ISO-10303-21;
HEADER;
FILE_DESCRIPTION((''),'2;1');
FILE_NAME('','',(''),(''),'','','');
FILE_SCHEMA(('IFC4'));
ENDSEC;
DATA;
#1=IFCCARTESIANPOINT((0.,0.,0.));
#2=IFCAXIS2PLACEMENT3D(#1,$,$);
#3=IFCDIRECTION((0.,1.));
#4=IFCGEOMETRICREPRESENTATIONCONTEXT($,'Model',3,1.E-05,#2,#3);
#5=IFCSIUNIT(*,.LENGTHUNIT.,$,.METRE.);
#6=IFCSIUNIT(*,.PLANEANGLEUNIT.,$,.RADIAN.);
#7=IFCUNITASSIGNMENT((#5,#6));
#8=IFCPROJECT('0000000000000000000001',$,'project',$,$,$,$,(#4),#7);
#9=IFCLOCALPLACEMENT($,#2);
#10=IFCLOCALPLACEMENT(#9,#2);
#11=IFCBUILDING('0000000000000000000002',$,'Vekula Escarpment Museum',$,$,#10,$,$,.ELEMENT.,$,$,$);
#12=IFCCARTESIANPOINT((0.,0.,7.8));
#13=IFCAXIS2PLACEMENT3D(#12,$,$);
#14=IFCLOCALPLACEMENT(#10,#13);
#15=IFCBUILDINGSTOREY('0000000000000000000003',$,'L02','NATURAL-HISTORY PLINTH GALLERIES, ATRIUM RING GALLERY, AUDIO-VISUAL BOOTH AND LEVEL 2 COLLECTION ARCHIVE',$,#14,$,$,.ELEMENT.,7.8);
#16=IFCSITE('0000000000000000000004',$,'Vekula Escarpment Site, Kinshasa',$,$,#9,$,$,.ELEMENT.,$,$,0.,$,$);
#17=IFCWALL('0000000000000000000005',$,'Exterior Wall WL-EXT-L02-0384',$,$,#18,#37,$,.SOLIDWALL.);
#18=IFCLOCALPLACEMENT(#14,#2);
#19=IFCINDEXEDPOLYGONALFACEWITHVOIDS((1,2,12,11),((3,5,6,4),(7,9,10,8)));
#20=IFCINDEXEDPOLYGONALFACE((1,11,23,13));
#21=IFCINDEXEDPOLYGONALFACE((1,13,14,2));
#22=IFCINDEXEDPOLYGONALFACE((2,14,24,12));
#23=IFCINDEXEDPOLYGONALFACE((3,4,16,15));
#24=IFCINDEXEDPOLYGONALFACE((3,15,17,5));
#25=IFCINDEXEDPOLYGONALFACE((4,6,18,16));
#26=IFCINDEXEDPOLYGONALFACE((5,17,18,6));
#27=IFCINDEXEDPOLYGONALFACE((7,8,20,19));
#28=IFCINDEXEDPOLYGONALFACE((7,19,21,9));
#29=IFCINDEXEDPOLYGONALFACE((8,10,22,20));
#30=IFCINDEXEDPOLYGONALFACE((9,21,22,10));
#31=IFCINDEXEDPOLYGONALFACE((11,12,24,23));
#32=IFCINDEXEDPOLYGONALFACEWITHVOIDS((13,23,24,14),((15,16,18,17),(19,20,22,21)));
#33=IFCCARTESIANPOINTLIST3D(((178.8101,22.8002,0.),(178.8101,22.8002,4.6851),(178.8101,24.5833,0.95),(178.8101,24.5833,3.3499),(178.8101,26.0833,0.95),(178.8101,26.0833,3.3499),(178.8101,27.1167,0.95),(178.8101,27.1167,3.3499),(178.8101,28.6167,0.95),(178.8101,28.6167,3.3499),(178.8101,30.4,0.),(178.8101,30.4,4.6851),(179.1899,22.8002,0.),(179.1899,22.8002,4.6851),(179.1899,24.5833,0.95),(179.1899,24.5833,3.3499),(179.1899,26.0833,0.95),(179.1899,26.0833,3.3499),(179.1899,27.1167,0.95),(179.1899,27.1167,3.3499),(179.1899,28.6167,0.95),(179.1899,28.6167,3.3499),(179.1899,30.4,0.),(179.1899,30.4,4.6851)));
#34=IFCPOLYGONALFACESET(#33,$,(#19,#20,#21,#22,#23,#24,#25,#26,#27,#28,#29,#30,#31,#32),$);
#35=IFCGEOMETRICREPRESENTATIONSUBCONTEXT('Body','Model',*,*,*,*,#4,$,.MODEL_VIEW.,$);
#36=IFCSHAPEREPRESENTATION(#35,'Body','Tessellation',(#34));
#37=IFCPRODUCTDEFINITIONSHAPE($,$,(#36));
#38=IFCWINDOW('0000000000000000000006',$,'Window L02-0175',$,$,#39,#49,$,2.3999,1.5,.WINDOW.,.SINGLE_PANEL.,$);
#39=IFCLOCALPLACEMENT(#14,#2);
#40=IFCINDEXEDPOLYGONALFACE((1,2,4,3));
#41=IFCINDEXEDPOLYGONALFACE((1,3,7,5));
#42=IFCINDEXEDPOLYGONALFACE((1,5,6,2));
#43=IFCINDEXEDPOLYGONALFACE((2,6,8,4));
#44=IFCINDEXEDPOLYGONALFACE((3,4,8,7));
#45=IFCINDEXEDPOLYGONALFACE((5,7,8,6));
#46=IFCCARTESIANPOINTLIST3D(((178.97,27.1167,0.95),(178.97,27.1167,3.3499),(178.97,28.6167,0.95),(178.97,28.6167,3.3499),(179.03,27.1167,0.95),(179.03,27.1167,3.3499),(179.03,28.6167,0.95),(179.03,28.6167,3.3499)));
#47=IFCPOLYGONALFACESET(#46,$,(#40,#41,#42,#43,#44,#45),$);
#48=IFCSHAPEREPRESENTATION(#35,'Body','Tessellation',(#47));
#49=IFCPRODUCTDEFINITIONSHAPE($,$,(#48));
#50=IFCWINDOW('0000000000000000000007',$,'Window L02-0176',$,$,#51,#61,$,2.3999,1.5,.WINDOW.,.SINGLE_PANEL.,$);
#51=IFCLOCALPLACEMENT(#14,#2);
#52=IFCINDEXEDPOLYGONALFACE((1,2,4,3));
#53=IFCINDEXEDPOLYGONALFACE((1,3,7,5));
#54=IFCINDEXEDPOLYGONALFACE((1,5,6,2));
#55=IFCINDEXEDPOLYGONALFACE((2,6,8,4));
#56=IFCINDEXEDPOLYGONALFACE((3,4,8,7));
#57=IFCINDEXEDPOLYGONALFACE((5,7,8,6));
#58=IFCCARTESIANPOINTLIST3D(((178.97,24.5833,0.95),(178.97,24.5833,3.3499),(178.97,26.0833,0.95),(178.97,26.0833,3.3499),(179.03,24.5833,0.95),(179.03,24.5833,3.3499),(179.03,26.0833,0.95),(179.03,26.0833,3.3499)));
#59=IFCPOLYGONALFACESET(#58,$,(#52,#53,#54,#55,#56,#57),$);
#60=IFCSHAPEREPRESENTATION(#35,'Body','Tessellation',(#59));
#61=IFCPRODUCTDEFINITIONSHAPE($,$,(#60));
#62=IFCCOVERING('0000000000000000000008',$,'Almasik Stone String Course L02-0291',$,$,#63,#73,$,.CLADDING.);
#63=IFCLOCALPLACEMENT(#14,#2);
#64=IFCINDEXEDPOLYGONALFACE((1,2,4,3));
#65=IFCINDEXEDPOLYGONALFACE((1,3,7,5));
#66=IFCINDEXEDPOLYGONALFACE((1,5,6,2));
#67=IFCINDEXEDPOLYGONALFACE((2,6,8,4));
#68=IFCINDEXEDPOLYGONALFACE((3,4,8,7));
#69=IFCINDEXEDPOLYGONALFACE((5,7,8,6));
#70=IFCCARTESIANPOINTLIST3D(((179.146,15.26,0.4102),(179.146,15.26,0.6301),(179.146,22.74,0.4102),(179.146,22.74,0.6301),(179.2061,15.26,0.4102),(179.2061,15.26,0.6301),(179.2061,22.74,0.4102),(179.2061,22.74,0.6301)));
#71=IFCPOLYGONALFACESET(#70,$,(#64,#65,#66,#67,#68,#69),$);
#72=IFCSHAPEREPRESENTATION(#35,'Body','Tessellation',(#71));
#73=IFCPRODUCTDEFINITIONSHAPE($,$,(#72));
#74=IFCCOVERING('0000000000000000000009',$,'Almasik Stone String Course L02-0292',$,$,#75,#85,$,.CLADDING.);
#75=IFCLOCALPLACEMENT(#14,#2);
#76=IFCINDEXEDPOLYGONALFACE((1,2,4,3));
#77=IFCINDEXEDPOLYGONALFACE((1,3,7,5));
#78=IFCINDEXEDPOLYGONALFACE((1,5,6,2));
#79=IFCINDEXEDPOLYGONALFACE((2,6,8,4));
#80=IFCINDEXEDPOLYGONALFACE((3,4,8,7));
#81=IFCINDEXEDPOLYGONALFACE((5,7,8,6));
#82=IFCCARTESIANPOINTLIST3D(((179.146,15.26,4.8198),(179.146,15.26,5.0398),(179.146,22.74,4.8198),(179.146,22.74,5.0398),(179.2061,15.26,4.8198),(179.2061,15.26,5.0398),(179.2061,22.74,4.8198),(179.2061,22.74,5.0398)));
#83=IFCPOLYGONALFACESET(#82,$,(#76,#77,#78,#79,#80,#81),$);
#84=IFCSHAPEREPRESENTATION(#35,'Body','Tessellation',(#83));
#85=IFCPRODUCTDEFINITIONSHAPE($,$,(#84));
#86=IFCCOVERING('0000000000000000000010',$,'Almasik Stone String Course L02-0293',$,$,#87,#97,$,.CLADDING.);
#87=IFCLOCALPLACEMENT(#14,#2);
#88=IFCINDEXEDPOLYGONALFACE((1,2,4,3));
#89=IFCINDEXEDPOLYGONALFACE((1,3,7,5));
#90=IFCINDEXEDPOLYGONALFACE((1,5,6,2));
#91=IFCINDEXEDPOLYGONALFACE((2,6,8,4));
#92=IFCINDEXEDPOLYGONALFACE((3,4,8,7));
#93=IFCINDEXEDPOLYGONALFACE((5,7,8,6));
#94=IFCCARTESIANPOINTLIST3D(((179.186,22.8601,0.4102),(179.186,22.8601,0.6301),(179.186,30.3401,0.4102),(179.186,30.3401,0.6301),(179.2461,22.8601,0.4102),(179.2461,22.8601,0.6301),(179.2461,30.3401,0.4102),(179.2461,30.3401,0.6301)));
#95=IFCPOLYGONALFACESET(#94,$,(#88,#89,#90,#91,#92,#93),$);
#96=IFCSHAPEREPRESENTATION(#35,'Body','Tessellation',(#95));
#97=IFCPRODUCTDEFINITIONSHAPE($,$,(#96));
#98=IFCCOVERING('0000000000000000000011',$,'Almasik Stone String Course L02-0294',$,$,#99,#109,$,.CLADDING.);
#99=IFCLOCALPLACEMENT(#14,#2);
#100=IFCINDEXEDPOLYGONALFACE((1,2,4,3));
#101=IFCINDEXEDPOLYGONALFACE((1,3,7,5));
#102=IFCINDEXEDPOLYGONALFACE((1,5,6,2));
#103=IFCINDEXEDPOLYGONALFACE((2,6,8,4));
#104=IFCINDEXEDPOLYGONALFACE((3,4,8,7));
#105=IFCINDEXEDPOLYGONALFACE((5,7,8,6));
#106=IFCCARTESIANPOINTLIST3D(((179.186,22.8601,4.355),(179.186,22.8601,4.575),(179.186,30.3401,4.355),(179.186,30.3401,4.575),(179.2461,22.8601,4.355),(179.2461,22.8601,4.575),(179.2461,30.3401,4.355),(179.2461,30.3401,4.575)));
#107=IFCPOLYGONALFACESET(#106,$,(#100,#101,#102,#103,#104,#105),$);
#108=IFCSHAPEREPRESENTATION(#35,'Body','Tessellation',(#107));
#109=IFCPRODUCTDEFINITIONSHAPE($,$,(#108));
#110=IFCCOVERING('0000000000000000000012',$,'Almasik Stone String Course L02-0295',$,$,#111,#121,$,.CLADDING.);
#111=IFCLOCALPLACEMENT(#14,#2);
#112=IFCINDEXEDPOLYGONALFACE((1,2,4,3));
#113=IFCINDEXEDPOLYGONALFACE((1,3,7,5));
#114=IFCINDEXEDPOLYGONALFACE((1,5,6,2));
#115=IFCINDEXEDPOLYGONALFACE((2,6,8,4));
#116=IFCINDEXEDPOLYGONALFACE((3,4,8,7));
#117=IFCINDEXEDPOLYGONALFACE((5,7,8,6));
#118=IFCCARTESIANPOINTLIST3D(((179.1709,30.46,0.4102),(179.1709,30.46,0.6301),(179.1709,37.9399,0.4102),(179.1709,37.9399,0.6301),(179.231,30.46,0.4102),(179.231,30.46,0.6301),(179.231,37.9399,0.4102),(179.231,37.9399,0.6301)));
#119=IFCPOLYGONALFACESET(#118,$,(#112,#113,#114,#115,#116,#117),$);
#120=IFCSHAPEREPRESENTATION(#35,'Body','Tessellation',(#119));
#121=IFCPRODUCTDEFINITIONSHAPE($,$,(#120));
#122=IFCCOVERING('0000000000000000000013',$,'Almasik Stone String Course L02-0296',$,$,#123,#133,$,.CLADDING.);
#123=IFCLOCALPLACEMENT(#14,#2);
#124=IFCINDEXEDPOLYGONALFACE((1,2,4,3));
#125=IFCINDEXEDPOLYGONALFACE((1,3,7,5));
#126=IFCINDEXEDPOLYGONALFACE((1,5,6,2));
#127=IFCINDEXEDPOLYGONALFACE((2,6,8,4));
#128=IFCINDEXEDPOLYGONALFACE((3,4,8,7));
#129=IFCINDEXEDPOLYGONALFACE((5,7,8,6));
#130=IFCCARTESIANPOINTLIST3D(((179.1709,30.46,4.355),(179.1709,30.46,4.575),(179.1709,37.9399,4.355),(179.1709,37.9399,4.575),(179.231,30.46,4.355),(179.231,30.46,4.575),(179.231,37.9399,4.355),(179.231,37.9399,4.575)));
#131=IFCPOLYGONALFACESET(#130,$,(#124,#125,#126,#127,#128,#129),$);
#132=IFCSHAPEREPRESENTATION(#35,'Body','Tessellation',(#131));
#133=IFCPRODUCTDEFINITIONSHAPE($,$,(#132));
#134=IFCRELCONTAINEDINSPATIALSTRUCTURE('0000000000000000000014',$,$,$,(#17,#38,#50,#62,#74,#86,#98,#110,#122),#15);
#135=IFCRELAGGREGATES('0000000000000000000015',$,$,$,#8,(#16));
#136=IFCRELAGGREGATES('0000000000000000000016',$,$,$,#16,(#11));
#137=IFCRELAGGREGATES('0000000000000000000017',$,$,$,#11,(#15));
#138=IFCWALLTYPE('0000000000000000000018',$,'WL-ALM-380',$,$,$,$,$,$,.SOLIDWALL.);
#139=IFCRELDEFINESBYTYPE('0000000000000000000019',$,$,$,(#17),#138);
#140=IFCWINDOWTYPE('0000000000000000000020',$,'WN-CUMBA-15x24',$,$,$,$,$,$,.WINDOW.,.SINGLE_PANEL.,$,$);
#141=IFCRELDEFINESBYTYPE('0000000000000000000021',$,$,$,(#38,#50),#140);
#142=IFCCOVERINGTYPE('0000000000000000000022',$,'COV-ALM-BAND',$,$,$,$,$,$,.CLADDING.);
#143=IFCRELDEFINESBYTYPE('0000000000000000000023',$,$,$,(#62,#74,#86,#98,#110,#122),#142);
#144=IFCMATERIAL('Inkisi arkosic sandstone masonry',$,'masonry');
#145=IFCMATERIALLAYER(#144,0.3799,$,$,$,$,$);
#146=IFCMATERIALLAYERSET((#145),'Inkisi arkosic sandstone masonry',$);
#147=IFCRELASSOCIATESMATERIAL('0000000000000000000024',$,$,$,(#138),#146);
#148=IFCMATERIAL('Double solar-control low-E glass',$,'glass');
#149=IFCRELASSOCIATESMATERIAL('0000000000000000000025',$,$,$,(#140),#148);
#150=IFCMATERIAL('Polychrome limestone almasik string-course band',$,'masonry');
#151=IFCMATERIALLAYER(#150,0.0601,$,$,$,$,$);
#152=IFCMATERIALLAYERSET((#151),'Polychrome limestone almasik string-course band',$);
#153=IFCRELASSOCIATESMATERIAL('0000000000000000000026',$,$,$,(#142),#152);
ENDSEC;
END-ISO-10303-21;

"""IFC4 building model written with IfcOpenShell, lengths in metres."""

from ifc_helpers import new_model, si_unit, direction, frame, frame_2d, origin, origin_2d, place, context, subcontext, project, spatial, rectangle, extrude, material, layer, layer_set, type_object, element, fill, save


model = new_model("IFC4")

# Units and contexts
model_context = context("Model", 3, precision=1e-05, world=origin(), true_north=direction((0.0, 1.0)))
body_context = subcontext(model_context, "Body", "Model", "MODEL_VIEW")
ifc_project = project(units=[si_unit("LENGTHUNIT", "METRE"), si_unit("PLANEANGLEUNIT", "RADIAN")], contexts=[model_context])

# Site, building, storey
site_placement = place(None, origin())
site = spatial("IfcSite", under=ifc_project, at=site_placement, Name="Vekula Escarpment Site, Kinshasa", CompositionType="ELEMENT", RefElevation=0.0)
building_placement = place(site_placement, origin())
building = spatial("IfcBuilding", under=site, at=building_placement, Name="Vekula Escarpment Museum", CompositionType="ELEMENT")
storey_placement = place(building_placement, frame((0.0, 0.0, 7.8)))
storey = spatial("IfcBuildingStorey", under=building, at=storey_placement, Name="L02", Description="NATURAL-HISTORY PLINTH GALLERIES, ATRIUM RING GALLERY, AUDIO-VISUAL BOOTH AND LEVEL 2 COLLECTION ARCHIVE", CompositionType="ELEMENT", Elevation=7.8)

# Wall, openings, windows
ifc_material_1 = material(Name="Inkisi arkosic sandstone masonry", Category="masonry")
ifc_layer_1 = layer(ifc_material_1, 0.3799)
ifc_layer_set_1 = layer_set([ifc_layer_1], Name="Inkisi arkosic sandstone masonry")
wall_type_1 = type_object("IfcWallType", Name="WL-ALM-380", PredefinedType="SOLIDWALL", material=ifc_layer_set_1)
wall_1_placement = place(storey_placement, frame((179.0, 30.3999, 0.0), z_axis=(0.0, 0.0, 1.0), x_axis=(0.0, -1.0, 0.0)))
wall_1 = element("IfcWall", 1, at=wall_1_placement, inside=storey, type_object=wall_type_1, Name="Exterior Wall WL-EXT-L02-0384", PredefinedType="SOLIDWALL", context=body_context, shape_type="SweptSolid", body=[
    extrude(rectangle(XDim=7.5999, YDim=0.3799, at=frame_2d((3.7998, 0.0))), origin(), (0.0, 0.0, 1.0), 4.6851),
])
opening_1_placement = place(wall_1_placement, frame((1.7832, 0.0, 0.95)))
opening_1 = element("IfcOpeningElement", 2, at=opening_1_placement, cuts=wall_1, PredefinedType="OPENING", context=body_context, shape_type="SweptSolid", body=[
    extrude(rectangle(XDim=1.5, YDim=2.3999, at=frame_2d((0.75, 1.2))), frame((0.0, 0.2, 0.0), z_axis=(0.0, -1.0, 0.0), x_axis=(1.0, 0.0, 0.0)), (0.0, 0.0, 1.0), 0.3999),
])
opening_2_placement = place(wall_1_placement, frame((4.3167, 0.0, 0.95)))
opening_2 = element("IfcOpeningElement", 3, at=opening_2_placement, cuts=wall_1, PredefinedType="OPENING", context=body_context, shape_type="SweptSolid", body=[
    extrude(rectangle(XDim=1.5, YDim=2.3999, at=frame_2d((0.75, 1.2))), frame((0.0, 0.2, 0.0), z_axis=(0.0, -1.0, 0.0), x_axis=(1.0, 0.0, 0.0)), (0.0, 0.0, 1.0), 0.3999),
])
ifc_material_2 = material(Name="Double solar-control low-E glass", Category="glass")
window_type_1 = type_object("IfcWindowType", Name="WN-CUMBA-15x24", PartitioningType="SINGLE_PANEL", PredefinedType="WINDOW", material=ifc_material_2)
window_1_placement = place(opening_1_placement, origin())
window_1 = element("IfcWindow", 4, at=window_1_placement, inside=storey, type_object=window_type_1, Name="Window L02-0175", OverallHeight=2.3999, OverallWidth=1.5, PartitioningType="SINGLE_PANEL", PredefinedType="WINDOW", context=body_context, shape_type="SweptSolid", body=[
    extrude(rectangle(XDim=1.5, YDim=2.3999, at=frame_2d((0.75, 1.2))), frame((0.0, 0.03, 0.0), z_axis=(0.0, -1.0, 0.0), x_axis=(1.0, 0.0, 0.0)), (0.0, 0.0, 1.0), 0.0601),
])
fill(opening_1, window_1)
window_2_placement = place(opening_2_placement, origin())
window_2 = element("IfcWindow", 5, at=window_2_placement, inside=storey, type_object=window_type_1, Name="Window L02-0176", OverallHeight=2.3999, OverallWidth=1.5, PartitioningType="SINGLE_PANEL", PredefinedType="WINDOW", context=body_context, shape_type="SweptSolid", body=[
    extrude(rectangle(XDim=1.5, YDim=2.3999, at=frame_2d((0.75, 1.2))), frame((0.0, 0.03, 0.0), z_axis=(0.0, -1.0, 0.0), x_axis=(1.0, 0.0, 0.0)), (0.0, 0.0, 1.0), 0.0601),
])
fill(opening_2, window_2)

# Coverings
ifc_material_3 = material(Name="Polychrome limestone almasik string-course band", Category="masonry")
ifc_layer_2 = layer(ifc_material_3, 0.0601)
ifc_layer_set_2 = layer_set([ifc_layer_2], Name="Polychrome limestone almasik string-course band")
covering_type = type_object("IfcCoveringType", Name="COV-ALM-BAND", PredefinedType="CLADDING", material=ifc_layer_set_2)
for number, where, z_axis, x_axis, name in (
    (6, (179.176, 19.0, 0.4102), (0.0, 0.0, 1.0), (0.0, 1.0, 0.0), "Almasik Stone String Course L02-0291"),
    (7, (179.176, 19.0, 4.8198), (0.0, 0.0, 1.0), (0.0, 1.0, 0.0), "Almasik Stone String Course L02-0292"),
    (8, (179.2161, 26.6001, 0.4102), (0.0, 0.0, 1.0), (0.0, 1.0, 0.0), "Almasik Stone String Course L02-0293"),
    (9, (179.2161, 26.6001, 4.355), (0.0, 0.0, 1.0), (0.0, 1.0, 0.0), "Almasik Stone String Course L02-0294"),
    (10, (179.2009, 34.2, 0.4102), (0.0, 0.0, 1.0), (0.0, 1.0, 0.0), "Almasik Stone String Course L02-0295"),
    (11, (179.2009, 34.2, 4.355), (0.0, 0.0, 1.0), (0.0, 1.0, 0.0), "Almasik Stone String Course L02-0296"),
):
    element("IfcCovering", number, at=place(storey_placement, frame(where, z_axis=z_axis, x_axis=x_axis)), inside=storey, type_object=covering_type, Name=name, PredefinedType="CLADDING", context=body_context, shape_type="SweptSolid", body=[
        extrude(rectangle(XDim=7.48, YDim=0.0601, at=origin_2d()), origin(), (0.0, 0.0, 1.0), 0.22),
    ])

save(model, "model.ifc")
